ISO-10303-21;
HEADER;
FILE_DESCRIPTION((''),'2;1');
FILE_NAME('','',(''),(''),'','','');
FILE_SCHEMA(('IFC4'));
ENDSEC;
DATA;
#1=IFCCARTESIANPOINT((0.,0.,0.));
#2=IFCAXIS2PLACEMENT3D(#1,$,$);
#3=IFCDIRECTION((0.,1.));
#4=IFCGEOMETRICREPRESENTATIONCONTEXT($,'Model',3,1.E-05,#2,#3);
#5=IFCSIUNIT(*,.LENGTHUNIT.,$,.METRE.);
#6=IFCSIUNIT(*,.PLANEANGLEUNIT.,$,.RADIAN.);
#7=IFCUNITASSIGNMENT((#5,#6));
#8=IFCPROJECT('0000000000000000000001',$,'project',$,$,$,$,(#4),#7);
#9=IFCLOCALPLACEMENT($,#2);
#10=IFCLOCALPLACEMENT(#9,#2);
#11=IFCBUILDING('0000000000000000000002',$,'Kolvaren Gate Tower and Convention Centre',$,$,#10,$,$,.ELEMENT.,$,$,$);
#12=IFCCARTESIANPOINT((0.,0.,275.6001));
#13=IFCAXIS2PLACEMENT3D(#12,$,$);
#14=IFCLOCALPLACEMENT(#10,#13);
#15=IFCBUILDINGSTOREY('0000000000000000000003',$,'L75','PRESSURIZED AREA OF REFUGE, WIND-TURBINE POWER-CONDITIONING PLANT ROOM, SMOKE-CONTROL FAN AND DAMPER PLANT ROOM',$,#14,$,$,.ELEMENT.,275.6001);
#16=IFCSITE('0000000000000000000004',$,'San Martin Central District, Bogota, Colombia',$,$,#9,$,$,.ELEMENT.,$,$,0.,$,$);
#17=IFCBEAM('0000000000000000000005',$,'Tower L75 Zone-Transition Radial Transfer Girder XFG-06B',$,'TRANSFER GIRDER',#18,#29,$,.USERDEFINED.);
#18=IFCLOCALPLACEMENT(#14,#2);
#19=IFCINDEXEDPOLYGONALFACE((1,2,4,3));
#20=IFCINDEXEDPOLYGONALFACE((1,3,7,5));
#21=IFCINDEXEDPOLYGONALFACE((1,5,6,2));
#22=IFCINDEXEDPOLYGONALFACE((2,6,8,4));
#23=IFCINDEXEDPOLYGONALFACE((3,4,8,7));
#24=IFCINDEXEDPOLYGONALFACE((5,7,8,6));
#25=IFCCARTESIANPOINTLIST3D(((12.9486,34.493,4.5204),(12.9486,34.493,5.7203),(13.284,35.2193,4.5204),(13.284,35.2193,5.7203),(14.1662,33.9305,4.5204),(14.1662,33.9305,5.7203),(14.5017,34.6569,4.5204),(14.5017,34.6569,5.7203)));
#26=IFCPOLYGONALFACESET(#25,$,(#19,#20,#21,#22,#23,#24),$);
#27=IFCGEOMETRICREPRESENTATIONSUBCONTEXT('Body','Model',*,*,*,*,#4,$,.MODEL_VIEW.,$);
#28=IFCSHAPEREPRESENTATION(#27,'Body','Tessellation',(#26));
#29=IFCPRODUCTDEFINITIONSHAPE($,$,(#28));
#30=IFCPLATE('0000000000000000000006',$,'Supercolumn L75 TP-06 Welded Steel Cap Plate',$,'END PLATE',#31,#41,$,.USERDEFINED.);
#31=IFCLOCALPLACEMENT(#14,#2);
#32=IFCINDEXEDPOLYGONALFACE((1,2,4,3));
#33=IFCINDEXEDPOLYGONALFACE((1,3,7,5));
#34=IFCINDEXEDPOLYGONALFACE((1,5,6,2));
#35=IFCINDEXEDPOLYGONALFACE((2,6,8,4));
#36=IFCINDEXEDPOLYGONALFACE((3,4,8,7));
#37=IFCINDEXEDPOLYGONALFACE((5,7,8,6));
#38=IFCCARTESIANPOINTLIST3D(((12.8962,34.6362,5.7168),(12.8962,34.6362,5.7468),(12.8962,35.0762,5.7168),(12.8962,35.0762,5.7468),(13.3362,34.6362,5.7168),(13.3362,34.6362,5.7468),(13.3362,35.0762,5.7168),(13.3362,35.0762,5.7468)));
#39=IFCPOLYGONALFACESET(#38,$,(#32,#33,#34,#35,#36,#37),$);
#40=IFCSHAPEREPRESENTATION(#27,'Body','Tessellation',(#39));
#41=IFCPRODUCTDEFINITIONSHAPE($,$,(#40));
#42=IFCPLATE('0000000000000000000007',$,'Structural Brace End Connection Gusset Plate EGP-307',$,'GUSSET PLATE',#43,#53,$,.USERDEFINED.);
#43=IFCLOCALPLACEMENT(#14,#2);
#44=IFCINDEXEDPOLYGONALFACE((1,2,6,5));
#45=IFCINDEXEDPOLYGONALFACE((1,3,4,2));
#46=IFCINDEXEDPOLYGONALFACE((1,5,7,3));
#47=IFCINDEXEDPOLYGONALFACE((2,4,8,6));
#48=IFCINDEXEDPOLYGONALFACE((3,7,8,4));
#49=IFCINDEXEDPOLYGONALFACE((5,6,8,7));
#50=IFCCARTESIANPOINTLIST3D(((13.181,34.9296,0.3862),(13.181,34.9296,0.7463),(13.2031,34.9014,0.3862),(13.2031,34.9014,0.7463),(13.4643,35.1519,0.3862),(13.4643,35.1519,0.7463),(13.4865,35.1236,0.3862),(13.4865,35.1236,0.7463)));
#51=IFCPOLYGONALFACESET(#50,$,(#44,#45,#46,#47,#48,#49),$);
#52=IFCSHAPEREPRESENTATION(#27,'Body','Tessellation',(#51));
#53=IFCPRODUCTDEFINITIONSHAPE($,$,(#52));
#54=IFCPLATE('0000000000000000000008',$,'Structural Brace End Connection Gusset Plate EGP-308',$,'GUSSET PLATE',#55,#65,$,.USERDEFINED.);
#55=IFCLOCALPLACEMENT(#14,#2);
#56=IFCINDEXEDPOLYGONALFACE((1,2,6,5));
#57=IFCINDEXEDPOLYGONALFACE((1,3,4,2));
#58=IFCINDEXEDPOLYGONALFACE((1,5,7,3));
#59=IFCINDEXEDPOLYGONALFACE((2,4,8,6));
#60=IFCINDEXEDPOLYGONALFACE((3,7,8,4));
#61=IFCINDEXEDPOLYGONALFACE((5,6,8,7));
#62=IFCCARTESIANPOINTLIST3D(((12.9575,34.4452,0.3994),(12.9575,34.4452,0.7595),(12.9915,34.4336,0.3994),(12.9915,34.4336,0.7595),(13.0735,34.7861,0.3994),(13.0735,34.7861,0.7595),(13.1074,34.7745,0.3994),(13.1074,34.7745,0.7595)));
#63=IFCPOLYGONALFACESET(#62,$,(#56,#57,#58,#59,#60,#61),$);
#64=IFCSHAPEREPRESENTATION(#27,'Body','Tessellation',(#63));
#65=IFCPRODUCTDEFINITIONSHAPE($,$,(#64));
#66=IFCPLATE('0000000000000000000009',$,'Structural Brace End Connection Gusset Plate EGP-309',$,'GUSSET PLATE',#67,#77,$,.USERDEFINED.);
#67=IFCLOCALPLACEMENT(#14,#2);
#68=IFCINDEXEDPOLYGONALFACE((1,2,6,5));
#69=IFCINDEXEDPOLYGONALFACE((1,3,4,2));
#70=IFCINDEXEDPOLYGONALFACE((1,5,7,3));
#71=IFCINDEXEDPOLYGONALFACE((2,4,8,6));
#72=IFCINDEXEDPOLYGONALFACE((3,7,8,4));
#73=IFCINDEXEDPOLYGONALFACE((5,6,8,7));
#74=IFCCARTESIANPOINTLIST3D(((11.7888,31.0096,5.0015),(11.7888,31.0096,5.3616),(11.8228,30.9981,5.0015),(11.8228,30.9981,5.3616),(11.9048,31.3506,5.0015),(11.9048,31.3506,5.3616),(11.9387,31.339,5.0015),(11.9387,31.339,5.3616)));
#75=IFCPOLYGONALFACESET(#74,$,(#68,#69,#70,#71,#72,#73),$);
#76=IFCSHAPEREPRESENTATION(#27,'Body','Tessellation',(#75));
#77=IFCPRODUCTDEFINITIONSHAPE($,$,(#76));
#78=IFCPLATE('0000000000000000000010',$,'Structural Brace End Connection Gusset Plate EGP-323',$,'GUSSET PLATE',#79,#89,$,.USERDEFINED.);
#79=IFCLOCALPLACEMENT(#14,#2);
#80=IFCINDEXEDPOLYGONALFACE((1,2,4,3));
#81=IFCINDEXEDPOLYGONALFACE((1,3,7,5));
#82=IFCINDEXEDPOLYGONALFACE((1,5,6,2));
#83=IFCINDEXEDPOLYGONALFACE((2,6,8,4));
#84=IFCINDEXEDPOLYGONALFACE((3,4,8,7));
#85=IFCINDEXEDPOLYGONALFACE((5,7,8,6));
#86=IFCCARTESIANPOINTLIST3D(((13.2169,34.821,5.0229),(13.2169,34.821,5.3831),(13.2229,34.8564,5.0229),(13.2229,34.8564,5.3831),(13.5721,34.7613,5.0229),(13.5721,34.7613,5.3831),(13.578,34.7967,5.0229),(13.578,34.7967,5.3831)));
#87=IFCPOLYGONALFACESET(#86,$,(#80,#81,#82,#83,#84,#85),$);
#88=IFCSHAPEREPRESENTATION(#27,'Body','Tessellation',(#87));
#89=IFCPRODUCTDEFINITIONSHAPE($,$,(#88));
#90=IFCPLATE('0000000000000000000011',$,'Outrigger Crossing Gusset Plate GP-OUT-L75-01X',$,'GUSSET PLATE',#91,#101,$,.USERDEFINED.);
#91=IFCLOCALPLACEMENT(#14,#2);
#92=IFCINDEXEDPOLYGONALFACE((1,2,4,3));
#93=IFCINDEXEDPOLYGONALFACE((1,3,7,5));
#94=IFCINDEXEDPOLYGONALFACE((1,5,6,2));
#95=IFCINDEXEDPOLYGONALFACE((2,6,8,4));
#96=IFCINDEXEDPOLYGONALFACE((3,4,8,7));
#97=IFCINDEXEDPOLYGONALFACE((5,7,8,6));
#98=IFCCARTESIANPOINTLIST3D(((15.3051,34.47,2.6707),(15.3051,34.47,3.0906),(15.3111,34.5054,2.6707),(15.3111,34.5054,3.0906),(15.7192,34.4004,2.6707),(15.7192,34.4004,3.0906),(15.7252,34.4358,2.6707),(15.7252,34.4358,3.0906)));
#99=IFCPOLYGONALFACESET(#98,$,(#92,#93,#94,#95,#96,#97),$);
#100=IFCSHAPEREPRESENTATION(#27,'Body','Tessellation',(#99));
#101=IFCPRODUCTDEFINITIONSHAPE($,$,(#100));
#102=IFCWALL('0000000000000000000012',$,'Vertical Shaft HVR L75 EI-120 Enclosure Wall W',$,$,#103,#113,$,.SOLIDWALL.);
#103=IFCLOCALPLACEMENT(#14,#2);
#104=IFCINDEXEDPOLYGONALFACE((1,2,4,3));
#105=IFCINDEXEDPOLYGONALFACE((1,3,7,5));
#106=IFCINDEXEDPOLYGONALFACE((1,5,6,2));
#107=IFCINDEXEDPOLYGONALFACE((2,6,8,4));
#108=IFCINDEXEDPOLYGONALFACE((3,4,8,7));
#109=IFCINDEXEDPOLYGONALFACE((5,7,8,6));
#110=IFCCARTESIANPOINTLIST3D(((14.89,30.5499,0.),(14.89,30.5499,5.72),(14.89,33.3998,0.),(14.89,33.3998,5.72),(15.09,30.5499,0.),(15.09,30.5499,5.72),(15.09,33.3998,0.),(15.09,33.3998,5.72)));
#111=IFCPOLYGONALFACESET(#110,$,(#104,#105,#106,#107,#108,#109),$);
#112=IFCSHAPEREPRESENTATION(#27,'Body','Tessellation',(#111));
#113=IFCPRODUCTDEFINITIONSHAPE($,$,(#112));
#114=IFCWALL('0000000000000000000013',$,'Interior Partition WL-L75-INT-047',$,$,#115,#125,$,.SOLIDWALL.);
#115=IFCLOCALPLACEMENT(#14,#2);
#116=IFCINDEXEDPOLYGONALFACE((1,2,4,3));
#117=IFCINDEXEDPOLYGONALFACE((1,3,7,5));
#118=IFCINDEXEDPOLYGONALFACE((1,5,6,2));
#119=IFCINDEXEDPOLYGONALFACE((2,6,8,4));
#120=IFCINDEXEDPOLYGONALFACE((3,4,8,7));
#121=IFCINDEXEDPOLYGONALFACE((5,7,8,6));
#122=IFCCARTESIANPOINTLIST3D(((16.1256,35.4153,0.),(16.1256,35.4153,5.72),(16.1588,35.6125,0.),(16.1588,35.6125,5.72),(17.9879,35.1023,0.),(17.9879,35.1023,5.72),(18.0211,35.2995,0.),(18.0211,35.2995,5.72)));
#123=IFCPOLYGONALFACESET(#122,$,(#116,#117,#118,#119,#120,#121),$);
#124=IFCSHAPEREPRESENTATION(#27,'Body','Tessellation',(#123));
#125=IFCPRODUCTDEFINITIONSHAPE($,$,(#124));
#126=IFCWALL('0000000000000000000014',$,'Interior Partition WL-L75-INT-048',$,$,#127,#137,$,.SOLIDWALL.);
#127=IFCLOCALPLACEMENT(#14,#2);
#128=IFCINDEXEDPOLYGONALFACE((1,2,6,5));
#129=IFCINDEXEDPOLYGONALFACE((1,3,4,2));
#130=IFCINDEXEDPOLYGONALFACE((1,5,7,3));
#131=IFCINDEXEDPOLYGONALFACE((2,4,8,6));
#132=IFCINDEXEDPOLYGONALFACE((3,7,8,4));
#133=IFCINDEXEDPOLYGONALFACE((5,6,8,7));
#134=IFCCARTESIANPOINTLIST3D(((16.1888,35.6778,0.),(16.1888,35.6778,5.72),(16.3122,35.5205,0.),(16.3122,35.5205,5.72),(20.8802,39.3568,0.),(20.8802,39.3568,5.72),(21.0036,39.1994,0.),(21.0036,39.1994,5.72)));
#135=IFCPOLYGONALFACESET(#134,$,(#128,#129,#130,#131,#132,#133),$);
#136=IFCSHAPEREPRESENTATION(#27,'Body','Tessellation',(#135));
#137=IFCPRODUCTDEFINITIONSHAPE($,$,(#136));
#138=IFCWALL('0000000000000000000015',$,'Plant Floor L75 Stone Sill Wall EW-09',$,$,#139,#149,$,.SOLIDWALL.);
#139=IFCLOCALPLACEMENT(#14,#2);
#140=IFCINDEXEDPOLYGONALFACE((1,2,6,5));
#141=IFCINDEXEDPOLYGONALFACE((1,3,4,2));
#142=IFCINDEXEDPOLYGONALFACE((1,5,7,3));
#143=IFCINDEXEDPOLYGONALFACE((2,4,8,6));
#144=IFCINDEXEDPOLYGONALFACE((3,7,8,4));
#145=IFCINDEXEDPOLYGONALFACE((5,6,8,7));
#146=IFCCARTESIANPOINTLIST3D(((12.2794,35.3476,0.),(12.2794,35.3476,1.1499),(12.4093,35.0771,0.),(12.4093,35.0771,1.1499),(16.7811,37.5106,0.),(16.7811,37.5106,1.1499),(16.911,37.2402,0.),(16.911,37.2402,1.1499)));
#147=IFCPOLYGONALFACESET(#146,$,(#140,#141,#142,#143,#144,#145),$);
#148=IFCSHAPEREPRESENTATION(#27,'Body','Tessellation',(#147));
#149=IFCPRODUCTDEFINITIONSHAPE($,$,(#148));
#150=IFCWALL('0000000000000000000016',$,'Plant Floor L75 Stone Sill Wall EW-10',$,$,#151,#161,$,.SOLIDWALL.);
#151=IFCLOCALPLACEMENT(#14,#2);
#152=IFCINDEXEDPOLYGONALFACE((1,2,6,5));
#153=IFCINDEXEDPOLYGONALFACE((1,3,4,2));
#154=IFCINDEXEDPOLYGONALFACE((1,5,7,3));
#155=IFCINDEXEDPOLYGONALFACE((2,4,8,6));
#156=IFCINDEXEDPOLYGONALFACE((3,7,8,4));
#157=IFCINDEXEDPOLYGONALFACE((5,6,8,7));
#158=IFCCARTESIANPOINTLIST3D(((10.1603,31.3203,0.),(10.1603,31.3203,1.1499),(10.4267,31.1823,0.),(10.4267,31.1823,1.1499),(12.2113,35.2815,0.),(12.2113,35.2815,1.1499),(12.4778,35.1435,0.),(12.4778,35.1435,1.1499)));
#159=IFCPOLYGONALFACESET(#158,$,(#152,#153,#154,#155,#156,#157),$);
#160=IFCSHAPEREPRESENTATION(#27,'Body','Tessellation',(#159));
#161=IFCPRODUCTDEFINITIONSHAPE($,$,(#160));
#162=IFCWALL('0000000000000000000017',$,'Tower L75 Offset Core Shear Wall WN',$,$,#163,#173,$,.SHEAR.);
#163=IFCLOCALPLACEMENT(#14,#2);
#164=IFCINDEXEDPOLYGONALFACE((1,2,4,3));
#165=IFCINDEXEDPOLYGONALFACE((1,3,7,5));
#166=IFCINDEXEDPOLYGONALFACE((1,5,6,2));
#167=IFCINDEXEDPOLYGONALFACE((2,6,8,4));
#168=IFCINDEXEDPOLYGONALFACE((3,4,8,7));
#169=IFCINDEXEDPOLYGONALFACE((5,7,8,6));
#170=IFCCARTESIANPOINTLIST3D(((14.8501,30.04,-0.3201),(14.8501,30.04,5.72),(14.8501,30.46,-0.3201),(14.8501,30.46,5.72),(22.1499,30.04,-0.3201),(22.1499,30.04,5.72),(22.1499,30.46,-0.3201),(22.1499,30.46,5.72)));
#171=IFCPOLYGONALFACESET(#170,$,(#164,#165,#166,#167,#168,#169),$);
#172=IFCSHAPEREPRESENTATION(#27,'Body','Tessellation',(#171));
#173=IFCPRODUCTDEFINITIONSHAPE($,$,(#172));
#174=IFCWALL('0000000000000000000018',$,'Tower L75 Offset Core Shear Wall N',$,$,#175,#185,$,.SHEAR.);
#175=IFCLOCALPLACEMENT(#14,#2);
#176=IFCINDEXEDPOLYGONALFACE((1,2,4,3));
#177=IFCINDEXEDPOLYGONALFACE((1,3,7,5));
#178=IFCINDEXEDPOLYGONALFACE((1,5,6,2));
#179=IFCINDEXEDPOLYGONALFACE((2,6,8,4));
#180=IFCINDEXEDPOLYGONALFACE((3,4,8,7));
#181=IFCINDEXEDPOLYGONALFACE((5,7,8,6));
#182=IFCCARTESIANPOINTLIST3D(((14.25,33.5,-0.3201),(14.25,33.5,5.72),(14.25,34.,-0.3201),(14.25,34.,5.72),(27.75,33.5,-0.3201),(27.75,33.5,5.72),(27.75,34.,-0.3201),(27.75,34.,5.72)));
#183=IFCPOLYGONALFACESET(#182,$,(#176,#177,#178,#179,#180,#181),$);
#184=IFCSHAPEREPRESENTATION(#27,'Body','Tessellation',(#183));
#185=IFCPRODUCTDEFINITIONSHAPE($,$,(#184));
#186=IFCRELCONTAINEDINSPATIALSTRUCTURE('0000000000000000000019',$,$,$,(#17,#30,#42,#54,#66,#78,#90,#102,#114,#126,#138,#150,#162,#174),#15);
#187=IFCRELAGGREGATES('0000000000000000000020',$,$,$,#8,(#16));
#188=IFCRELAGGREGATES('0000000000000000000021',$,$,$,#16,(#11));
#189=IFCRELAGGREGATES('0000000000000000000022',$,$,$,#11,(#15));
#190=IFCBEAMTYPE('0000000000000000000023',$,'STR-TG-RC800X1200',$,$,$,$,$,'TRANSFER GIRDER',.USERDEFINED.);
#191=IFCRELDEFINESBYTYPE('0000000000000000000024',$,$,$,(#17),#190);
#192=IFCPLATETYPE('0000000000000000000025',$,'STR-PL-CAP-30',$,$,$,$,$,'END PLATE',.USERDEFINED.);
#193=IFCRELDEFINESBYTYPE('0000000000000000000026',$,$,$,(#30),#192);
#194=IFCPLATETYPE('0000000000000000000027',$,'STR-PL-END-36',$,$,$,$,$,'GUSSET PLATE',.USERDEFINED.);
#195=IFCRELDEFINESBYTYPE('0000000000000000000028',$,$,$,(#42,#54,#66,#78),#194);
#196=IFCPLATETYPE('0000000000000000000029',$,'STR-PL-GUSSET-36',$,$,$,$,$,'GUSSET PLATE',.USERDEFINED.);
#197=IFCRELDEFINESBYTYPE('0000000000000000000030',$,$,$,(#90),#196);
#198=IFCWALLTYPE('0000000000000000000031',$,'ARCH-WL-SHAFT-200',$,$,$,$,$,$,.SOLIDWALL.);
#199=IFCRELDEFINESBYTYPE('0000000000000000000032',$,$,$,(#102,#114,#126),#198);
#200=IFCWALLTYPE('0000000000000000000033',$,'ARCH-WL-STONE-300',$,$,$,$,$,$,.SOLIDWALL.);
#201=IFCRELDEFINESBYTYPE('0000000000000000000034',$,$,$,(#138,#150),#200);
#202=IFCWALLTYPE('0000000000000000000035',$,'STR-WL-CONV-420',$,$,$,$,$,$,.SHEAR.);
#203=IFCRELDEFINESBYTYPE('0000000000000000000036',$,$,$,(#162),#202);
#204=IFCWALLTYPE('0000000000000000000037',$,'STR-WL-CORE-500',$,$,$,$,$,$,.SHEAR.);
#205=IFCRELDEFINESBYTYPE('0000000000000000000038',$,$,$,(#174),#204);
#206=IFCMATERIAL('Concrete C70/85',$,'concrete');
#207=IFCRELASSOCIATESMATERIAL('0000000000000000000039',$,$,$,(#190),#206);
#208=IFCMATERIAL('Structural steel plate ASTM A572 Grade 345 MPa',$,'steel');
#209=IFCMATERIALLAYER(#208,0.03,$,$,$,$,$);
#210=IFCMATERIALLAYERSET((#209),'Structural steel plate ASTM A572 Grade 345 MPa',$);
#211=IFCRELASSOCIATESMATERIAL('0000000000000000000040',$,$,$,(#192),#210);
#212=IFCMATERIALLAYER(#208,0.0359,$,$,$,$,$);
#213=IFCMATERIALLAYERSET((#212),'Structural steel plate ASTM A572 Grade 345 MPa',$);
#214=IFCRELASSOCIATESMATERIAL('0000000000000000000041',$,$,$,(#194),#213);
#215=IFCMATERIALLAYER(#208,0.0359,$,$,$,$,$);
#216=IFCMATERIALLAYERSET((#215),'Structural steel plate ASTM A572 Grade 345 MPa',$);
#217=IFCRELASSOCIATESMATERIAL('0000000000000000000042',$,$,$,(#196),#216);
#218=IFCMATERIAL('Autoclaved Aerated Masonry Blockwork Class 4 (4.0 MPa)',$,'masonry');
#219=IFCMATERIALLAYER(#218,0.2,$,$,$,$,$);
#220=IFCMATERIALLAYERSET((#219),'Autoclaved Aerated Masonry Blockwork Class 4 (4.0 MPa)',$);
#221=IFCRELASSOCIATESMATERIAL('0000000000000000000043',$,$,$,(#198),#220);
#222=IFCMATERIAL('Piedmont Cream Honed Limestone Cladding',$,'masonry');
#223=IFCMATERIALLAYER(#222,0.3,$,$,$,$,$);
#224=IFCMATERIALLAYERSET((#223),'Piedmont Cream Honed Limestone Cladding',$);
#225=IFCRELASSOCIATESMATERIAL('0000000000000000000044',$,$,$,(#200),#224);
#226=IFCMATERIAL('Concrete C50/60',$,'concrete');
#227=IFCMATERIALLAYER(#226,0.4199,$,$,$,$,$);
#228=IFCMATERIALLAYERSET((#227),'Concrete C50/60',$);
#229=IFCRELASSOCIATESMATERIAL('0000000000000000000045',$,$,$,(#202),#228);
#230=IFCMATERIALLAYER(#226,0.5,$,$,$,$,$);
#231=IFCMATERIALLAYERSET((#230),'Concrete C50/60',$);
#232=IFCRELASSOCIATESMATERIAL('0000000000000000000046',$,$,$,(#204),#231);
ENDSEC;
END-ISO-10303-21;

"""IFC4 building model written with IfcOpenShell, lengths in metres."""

from ifc_helpers import new_model, si_unit, direction, frame, frame_2d, origin, origin_2d, place, context, subcontext, project, spatial, rectangle, extrude, material, layer, layer_set, material_profile, profile_set, type_object, element, save


model = new_model("IFC4")

# Units and contexts
model_context = context("Model", 3, precision=1e-05, world=origin(), true_north=direction((0.0, 1.0)))
body_context = subcontext(model_context, "Body", "Model", "MODEL_VIEW")
ifc_project = project(units=[si_unit("LENGTHUNIT", "METRE"), si_unit("PLANEANGLEUNIT", "RADIAN")], contexts=[model_context])

# Site, building, storey
site_placement = place(None, origin())
site = spatial("IfcSite", under=ifc_project, at=site_placement, Name="San Martin Central District, Bogota, Colombia", CompositionType="ELEMENT", RefElevation=0.0)
building_placement = place(site_placement, origin())
building = spatial("IfcBuilding", under=site, at=building_placement, Name="Kolvaren Gate Tower and Convention Centre", CompositionType="ELEMENT")
storey_placement = place(building_placement, frame((0.0, 0.0, 275.6001)))
storey = spatial("IfcBuildingStorey", under=building, at=storey_placement, Name="L75", Description="PRESSURIZED AREA OF REFUGE, WIND-TURBINE POWER-CONDITIONING PLANT ROOM, SMOKE-CONTROL FAN AND DAMPER PLANT ROOM", CompositionType="ELEMENT", Elevation=275.6001)

# Beam
ifc_material_1 = material(Name="Concrete C70/85", Category="concrete")
ifc_material_profile_1 = material_profile(ifc_material_1, rectangle(XDim=0.8, YDim=1.2, at=origin_2d()), Name="RC-BM-800X1200")
ifc_profile_set_1 = profile_set([ifc_material_profile_1], Name="Concrete C70/85")
beam_type_1 = type_object("IfcBeamType", Name="STR-TG-RC800X1200", ElementType="TRANSFER GIRDER", PredefinedType="USERDEFINED", material=ifc_profile_set_1)
beam_1_placement = place(storey_placement, frame((14.334, 34.2937, 5.1204), z_axis=(-0.907831, 0.419335, 0.0), x_axis=(-0.419335, -0.907831, 0.0)))
element("IfcBeam", 1, at=beam_1_placement, inside=storey, type_object=beam_type_1, Name="Tower L75 Zone-Transition Radial Transfer Girder XFG-06B", ObjectType="TRANSFER GIRDER", PredefinedType="USERDEFINED", context=body_context, shape_type="SweptSolid", body=[
    extrude(rectangle(XDim=0.8, YDim=1.2, at=origin_2d()), origin(), (0.0, 0.0, 1.0), 1.3413),
])

# Plates
ifc_material_2 = material(Name="Structural steel plate ASTM A572 Grade 345 MPa", Category="steel")
ifc_layer_1 = layer(ifc_material_2, 0.03)
ifc_layer_set_1 = layer_set([ifc_layer_1], Name="Structural steel plate ASTM A572 Grade 345 MPa")
plate_type_1 = type_object("IfcPlateType", Name="STR-PL-CAP-30", ElementType="END PLATE", PredefinedType="USERDEFINED", material=ifc_layer_set_1)
plate_1_placement = place(storey_placement, frame((13.1162, 34.8562, 5.7168), z_axis=(0.0, 0.0, 1.0), x_axis=(1.0, 0.0, 0.0)))
element("IfcPlate", 2, at=plate_1_placement, inside=storey, type_object=plate_type_1, Name="Supercolumn L75 TP-06 Welded Steel Cap Plate", ObjectType="END PLATE", PredefinedType="USERDEFINED", context=body_context, shape_type="SweptSolid", body=[
    extrude(rectangle(XDim=0.4399, YDim=0.4399, at=origin_2d()), origin(), (0.0, 0.0, 1.0), 0.03),
])
ifc_layer_2 = layer(ifc_material_2, 0.0359)
ifc_layer_set_2 = layer_set([ifc_layer_2], Name="Structural steel plate ASTM A572 Grade 345 MPa")
plate_type_2 = type_object("IfcPlateType", Name="STR-PL-END-36", ElementType="GUSSET PLATE", PredefinedType="USERDEFINED", material=ifc_layer_set_2)
for number, where, z_axis, x_axis, name in (
    (3, (13.3337, 35.0266, 0.3862), (0.0, 0.0, 1.0), (0.786838, 0.617159, 0.0), "Structural Brace End Connection Gusset Plate EGP-307"),
    (4, (13.0325, 34.6099, 0.3994), (0.0, 0.0, 1.0), (-0.322043, -0.946725, 0.0), "Structural Brace End Connection Gusset Plate EGP-308"),
    (5, (11.8638, 31.1743, 5.0015), (0.0, 0.0, 1.0), (-0.322043, -0.946725, 0.0), "Structural Brace End Connection Gusset Plate EGP-309"),
    (6, (13.3975, 34.8088, 5.0229), (0.0, 0.0, 1.0), (-0.986178, 0.165691, 0.0), "Structural Brace End Connection Gusset Plate EGP-323"),
):
    element("IfcPlate", number, at=place(storey_placement, frame(where, z_axis=z_axis, x_axis=x_axis)), inside=storey, type_object=plate_type_2, Name=name, ObjectType="GUSSET PLATE", PredefinedType="USERDEFINED", context=body_context, shape_type="SweptSolid", body=[
        extrude(rectangle(XDim=0.3601, YDim=0.0359, at=origin_2d()), origin(), (0.0, 0.0, 1.0), 0.3601),
    ])
ifc_layer_3 = layer(ifc_material_2, 0.0359)
ifc_layer_set_3 = layer_set([ifc_layer_3], Name="Structural steel plate ASTM A572 Grade 345 MPa")
plate_type_3 = type_object("IfcPlateType", Name="STR-PL-GUSSET-36", ElementType="GUSSET PLATE", PredefinedType="USERDEFINED", material=ifc_layer_set_3)
plate_2_placement = place(storey_placement, frame((15.5151, 34.4529, 2.6707), z_axis=(0.0, 0.0, 1.0), x_axis=(-0.986178, 0.165691, 0.0)))
element("IfcPlate", 7, at=plate_2_placement, inside=storey, type_object=plate_type_3, Name="Outrigger Crossing Gusset Plate GP-OUT-L75-01X", ObjectType="GUSSET PLATE", PredefinedType="USERDEFINED", context=body_context, shape_type="SweptSolid", body=[
    extrude(rectangle(XDim=0.4199, YDim=0.0359, at=origin_2d()), origin(), (0.0, 0.0, 1.0), 0.4199),
])

# Walls
ifc_material_3 = material(Name="Autoclaved Aerated Masonry Blockwork Class 4 (4.0 MPa)", Category="masonry")
ifc_layer_4 = layer(ifc_material_3, 0.2)
ifc_layer_set_4 = layer_set([ifc_layer_4], Name="Autoclaved Aerated Masonry Blockwork Class 4 (4.0 MPa)")
wall_type_1 = type_object("IfcWallType", Name="ARCH-WL-SHAFT-200", PredefinedType="SOLIDWALL", material=ifc_layer_set_4)
wall_1_placement = place(storey_placement, frame((14.99, 30.55, 0.0), z_axis=(0.0, 0.0, 1.0), x_axis=(0.0, 1.0, 0.0)))
element("IfcWall", 8, at=wall_1_placement, inside=storey, type_object=wall_type_1, Name="Vertical Shaft HVR L75 EI-120 Enclosure Wall W", PredefinedType="SOLIDWALL", context=body_context, shape_type="SweptSolid", body=[
    extrude(rectangle(XDim=2.8499, YDim=0.2, at=frame_2d((1.4248, 0.0))), origin(), (0.0, 0.0, 1.0), 5.72),
])
wall_2_placement = place(storey_placement, frame((16.1421, 35.5139, 0.0), z_axis=(0.0, 0.0, 1.0), x_axis=(0.986169, -0.165741, 0.0)))
element("IfcWall", 9, at=wall_2_placement, inside=storey, type_object=wall_type_1, Name="Interior Partition WL-L75-INT-047", PredefinedType="SOLIDWALL", context=body_context, shape_type="SweptSolid", body=[
    extrude(rectangle(XDim=1.8884, YDim=0.2, at=frame_2d((0.9443, 0.0))), origin(), (0.0, 0.0, 1.0), 5.72),
])
wall_3_placement = place(storey_placement, frame((16.2505, 35.5991, 0.0), z_axis=(0.0, 0.0, 1.0), x_axis=(0.786901, 0.61708, 0.0)))
element("IfcWall", 10, at=wall_3_placement, inside=storey, type_object=wall_type_1, Name="Interior Partition WL-L75-INT-048", PredefinedType="SOLIDWALL", context=body_context, shape_type="SweptSolid", body=[
    extrude(rectangle(XDim=5.9619, YDim=0.2, at=frame_2d((2.981, 0.0))), origin(), (0.0, 0.0, 1.0), 5.72),
])
ifc_material_4 = material(Name="Piedmont Cream Honed Limestone Cladding", Category="masonry")
ifc_layer_5 = layer(ifc_material_4, 0.3)
ifc_layer_set_5 = layer_set([ifc_layer_5], Name="Piedmont Cream Honed Limestone Cladding")
wall_type_2 = type_object("IfcWallType", Name="ARCH-WL-STONE-300", PredefinedType="SOLIDWALL", material=ifc_layer_set_5)
wall_4_placement = place(storey_placement, frame((12.3445, 35.2124, 0.0), z_axis=(0.0, 0.0, 1.0), x_axis=(0.901346, 0.4331, 0.0)))
element("IfcWall", 11, at=wall_4_placement, inside=storey, type_object=wall_type_2, Name="Plant Floor L75 Stone Sill Wall EW-09", PredefinedType="SOLIDWALL", context=body_context, shape_type="SweptSolid", body=[
    extrude(rectangle(XDim=4.9944, YDim=0.3, at=frame_2d((2.4971, 0.0))), origin(), (0.0, 0.0, 1.0), 1.1499),
])
wall_5_placement = place(storey_placement, frame((10.2935, 31.2512, 0.0), z_axis=(0.0, 0.0, 1.0), x_axis=(0.459801, 0.888022, 0.0)))
element("IfcWall", 12, at=wall_5_placement, inside=storey, type_object=wall_type_2, Name="Plant Floor L75 Stone Sill Wall EW-10", PredefinedType="SOLIDWALL", context=body_context, shape_type="SweptSolid", body=[
    extrude(rectangle(XDim=4.4607, YDim=0.3, at=frame_2d((2.2305, 0.0))), origin(), (0.0, 0.0, 1.0), 1.1499),
])
ifc_material_5 = material(Name="Concrete C50/60", Category="concrete")
ifc_layer_6 = layer(ifc_material_5, 0.4199)
ifc_layer_set_6 = layer_set([ifc_layer_6], Name="Concrete C50/60")
wall_type_3 = type_object("IfcWallType", Name="STR-WL-CONV-420", PredefinedType="SHEAR", material=ifc_layer_set_6)
wall_6_placement = place(storey_placement, frame((14.8501, 30.25, -0.3201), z_axis=(0.0, 0.0, 1.0), x_axis=(1.0, 0.0, 0.0)))
element("IfcWall", 13, at=wall_6_placement, inside=storey, type_object=wall_type_3, Name="Tower L75 Offset Core Shear Wall WN", PredefinedType="SHEAR", context=body_context, shape_type="SweptSolid", body=[
    extrude(rectangle(XDim=7.2998, YDim=0.4199, at=frame_2d((3.6499, 0.0))), origin(), (0.0, 0.0, 1.0), 6.04),
])
ifc_layer_7 = layer(ifc_material_5, 0.5)
ifc_layer_set_7 = layer_set([ifc_layer_7], Name="Concrete C50/60")
wall_type_4 = type_object("IfcWallType", Name="STR-WL-CORE-500", PredefinedType="SHEAR", material=ifc_layer_set_7)
wall_7_placement = place(storey_placement, frame((14.25, 33.75, -0.3201), z_axis=(0.0, 0.0, 1.0), x_axis=(1.0, 0.0, 0.0)))
element("IfcWall", 14, at=wall_7_placement, inside=storey, type_object=wall_type_4, Name="Tower L75 Offset Core Shear Wall N", PredefinedType="SHEAR", context=body_context, shape_type="SweptSolid", body=[
    extrude(rectangle(XDim=13.5, YDim=0.5, at=frame_2d((6.75, 0.0))), origin(), (0.0, 0.0, 1.0), 6.04),
])

save(model, "model.ifc")
